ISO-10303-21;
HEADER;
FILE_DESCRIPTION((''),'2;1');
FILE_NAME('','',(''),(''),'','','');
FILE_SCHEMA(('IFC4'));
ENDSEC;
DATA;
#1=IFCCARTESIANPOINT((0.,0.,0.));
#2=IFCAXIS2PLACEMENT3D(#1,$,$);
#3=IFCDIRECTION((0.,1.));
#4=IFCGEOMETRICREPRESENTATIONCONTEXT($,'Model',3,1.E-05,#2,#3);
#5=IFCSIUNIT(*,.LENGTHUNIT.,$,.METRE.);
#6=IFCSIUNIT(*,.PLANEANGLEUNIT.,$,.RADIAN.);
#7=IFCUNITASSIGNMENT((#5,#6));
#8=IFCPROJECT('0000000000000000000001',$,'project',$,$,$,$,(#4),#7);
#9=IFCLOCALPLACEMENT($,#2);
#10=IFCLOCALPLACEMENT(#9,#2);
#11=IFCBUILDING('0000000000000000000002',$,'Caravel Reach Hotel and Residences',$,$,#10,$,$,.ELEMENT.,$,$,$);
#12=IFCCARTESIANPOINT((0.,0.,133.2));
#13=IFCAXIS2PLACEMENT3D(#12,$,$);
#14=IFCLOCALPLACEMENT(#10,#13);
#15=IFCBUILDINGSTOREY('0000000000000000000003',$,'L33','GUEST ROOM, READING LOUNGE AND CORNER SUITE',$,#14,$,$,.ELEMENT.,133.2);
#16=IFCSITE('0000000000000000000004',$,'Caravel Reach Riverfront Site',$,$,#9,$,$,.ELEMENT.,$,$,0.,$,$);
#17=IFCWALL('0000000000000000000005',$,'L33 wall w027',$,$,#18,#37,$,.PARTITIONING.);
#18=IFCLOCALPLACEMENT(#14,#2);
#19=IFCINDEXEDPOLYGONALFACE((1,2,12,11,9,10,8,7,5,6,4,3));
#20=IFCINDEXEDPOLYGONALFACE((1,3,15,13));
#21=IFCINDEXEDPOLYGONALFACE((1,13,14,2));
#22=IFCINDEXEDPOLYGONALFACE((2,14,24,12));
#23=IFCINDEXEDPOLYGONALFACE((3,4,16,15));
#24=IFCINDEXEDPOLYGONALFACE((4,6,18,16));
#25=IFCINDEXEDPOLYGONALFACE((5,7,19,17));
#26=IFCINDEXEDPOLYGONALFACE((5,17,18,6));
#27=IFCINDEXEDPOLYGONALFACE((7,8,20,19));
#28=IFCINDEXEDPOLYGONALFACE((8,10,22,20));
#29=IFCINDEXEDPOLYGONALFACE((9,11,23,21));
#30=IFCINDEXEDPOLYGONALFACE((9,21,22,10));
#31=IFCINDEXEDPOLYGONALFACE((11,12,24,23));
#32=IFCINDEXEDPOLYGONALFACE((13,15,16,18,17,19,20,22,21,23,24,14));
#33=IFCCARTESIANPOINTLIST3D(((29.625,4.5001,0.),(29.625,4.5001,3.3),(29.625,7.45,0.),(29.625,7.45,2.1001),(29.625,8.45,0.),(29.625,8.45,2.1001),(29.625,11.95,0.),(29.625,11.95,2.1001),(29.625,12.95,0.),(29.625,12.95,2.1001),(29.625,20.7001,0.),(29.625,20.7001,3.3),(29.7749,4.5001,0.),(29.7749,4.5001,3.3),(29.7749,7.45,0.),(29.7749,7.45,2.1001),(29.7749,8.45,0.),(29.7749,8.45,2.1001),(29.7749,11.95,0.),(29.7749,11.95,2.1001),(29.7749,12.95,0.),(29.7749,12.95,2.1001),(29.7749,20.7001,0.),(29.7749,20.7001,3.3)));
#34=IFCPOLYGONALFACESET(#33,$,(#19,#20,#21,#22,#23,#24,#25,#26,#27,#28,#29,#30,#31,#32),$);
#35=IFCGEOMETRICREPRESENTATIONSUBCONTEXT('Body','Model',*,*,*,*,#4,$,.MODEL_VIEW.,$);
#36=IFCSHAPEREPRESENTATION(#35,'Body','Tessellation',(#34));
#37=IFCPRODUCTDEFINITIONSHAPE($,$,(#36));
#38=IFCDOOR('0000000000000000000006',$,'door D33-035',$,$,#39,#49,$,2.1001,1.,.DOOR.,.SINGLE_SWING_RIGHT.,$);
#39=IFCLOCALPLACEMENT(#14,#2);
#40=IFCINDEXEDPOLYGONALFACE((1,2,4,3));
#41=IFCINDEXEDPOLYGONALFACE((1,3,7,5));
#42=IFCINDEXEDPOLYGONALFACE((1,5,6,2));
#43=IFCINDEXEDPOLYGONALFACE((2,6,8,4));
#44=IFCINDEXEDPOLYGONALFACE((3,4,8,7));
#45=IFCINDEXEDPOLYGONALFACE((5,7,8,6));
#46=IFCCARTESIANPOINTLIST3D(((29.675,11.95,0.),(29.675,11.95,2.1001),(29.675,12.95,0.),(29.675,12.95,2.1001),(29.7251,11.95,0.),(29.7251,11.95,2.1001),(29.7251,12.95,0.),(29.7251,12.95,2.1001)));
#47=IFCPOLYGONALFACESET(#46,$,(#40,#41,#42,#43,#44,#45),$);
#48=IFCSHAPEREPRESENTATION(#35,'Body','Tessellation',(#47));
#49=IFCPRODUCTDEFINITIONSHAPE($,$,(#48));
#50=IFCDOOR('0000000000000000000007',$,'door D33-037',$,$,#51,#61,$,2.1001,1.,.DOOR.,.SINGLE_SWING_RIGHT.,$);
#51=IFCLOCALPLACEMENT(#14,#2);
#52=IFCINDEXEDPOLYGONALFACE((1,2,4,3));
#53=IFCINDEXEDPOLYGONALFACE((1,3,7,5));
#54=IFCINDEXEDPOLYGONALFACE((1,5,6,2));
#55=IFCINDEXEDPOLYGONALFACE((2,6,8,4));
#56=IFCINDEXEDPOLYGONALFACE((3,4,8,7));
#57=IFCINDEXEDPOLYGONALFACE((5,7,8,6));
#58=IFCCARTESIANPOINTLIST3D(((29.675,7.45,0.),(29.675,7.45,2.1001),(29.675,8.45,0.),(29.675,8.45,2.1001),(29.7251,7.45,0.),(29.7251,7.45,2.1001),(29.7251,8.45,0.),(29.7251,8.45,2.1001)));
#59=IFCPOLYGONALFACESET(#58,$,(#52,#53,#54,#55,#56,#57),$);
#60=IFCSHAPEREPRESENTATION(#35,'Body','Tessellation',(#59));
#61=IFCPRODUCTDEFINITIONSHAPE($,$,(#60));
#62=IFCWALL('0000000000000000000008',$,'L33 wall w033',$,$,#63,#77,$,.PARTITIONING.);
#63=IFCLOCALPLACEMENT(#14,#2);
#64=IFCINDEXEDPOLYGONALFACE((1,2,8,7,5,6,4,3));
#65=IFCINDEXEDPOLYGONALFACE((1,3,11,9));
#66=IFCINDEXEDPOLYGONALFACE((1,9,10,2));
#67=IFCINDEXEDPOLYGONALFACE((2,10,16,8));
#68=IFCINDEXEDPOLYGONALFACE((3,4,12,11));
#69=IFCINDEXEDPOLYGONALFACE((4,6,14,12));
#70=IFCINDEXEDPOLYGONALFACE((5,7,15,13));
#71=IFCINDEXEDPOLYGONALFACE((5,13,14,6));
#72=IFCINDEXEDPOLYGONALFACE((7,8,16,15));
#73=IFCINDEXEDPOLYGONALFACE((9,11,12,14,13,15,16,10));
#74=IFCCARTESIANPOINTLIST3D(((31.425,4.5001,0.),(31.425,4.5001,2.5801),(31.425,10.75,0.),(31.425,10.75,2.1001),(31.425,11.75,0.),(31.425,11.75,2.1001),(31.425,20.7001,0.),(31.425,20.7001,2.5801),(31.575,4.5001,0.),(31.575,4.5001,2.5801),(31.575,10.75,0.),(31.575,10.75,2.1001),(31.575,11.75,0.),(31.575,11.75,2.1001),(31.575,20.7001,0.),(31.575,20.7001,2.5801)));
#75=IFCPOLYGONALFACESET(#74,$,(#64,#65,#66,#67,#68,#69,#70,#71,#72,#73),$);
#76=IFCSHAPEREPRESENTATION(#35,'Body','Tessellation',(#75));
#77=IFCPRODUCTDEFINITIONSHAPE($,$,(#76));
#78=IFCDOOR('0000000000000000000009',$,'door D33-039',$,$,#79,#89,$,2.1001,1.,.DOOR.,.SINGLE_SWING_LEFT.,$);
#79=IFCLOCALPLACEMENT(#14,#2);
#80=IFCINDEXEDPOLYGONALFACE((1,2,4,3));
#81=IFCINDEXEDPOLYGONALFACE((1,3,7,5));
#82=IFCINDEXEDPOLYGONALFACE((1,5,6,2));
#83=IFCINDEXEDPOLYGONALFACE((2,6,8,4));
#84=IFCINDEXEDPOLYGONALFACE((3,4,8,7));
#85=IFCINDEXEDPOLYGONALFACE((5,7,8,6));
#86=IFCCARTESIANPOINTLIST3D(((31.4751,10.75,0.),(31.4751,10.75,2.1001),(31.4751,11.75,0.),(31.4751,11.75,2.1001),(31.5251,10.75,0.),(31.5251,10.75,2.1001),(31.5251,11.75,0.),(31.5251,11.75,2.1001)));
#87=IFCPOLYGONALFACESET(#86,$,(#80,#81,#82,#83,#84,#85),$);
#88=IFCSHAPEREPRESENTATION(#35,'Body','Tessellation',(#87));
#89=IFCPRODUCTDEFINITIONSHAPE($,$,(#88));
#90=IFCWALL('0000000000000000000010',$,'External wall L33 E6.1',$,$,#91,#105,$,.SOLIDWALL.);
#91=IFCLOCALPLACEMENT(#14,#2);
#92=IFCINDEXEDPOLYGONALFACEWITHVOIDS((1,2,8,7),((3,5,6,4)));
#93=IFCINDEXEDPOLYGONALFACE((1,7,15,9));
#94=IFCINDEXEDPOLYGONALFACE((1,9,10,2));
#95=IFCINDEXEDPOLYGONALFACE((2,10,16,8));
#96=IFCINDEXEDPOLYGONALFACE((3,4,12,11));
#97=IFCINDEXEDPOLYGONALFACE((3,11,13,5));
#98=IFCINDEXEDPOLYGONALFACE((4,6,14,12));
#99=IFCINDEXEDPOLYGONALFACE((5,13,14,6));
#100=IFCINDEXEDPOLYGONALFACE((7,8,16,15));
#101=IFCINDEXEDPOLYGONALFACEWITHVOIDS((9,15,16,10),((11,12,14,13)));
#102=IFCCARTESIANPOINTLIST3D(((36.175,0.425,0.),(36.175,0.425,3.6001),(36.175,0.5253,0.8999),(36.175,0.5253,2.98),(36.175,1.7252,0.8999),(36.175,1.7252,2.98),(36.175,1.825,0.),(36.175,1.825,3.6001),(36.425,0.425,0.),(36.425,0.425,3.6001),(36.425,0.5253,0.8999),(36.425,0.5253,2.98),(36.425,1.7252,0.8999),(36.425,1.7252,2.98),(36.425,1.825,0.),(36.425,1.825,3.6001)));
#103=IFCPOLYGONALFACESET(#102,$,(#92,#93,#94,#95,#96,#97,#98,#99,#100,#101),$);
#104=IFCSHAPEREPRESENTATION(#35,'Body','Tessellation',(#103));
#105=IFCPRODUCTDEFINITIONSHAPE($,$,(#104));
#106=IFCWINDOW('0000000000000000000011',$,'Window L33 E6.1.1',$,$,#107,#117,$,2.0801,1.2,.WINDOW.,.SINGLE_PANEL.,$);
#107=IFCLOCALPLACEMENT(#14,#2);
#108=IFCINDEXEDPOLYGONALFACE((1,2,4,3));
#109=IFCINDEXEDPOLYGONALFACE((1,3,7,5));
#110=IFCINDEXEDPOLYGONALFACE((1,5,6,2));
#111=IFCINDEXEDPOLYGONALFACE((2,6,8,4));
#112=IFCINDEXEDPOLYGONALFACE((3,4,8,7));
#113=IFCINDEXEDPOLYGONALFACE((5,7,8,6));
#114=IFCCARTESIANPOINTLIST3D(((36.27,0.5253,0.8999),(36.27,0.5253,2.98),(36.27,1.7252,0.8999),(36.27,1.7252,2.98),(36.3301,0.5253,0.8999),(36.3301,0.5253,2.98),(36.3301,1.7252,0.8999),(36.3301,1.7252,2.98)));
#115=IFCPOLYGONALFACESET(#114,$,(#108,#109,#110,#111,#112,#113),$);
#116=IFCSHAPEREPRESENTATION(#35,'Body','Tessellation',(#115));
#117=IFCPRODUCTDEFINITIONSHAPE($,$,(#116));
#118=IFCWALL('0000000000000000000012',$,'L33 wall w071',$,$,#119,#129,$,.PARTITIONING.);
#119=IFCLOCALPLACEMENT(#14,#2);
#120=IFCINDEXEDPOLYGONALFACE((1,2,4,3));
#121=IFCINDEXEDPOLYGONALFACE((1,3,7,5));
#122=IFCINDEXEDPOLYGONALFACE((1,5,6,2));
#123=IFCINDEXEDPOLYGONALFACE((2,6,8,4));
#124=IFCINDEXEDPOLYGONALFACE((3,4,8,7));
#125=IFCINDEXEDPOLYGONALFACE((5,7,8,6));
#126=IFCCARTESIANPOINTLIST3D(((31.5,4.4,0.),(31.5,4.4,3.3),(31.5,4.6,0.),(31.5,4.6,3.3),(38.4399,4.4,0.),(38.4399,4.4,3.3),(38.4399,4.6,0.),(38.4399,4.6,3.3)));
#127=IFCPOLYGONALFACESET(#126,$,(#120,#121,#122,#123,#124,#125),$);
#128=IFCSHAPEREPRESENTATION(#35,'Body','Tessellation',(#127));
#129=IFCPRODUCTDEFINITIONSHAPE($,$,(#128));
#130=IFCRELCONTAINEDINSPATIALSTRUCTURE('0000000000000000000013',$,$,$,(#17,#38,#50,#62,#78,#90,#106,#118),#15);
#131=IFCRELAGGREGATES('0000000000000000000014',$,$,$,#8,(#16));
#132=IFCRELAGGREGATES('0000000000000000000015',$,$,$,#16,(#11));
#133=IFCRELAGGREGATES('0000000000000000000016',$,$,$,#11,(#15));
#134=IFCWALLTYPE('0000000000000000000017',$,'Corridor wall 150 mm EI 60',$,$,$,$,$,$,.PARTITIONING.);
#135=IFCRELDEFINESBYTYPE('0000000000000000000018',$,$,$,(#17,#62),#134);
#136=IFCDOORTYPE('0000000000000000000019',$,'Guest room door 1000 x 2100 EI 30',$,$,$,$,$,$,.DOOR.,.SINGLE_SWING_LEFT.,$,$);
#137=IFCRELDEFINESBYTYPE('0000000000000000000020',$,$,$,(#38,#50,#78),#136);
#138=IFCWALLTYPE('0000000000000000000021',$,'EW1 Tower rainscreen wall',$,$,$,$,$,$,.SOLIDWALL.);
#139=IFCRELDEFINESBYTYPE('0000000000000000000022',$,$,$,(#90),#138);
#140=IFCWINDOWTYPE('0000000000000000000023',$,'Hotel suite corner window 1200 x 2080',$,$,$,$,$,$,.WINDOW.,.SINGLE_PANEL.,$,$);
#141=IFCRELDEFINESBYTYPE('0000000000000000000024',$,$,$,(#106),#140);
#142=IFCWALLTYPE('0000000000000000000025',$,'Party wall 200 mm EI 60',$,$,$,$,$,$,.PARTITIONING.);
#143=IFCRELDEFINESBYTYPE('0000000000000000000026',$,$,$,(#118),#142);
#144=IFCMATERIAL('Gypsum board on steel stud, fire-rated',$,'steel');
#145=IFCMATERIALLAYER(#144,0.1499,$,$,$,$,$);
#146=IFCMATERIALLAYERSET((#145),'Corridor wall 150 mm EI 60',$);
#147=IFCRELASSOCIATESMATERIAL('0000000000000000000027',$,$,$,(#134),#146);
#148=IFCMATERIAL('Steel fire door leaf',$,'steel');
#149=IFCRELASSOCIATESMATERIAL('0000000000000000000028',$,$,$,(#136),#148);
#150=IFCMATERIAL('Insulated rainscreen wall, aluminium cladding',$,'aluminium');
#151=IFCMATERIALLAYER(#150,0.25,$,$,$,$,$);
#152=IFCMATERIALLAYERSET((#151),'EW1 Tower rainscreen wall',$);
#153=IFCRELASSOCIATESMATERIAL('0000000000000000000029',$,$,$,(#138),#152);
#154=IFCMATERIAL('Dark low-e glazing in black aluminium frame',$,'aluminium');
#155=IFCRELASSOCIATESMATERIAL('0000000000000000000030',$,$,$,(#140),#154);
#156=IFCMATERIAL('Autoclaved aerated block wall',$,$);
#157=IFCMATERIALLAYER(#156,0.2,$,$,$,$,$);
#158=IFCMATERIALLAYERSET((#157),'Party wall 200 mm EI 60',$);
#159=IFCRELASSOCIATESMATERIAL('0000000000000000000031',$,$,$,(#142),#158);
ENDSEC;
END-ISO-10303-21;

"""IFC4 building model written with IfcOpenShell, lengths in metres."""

from ifc_helpers import new_model, si_unit, direction, frame, frame_2d, origin, place, context, subcontext, project, spatial, rectangle, extrude, material, layer, layer_set, type_object, element, fill, save


model = new_model("IFC4")

# Units and contexts
model_context = context("Model", 3, precision=1e-05, world=origin(), true_north=direction((0.0, 1.0)))
body_context = subcontext(model_context, "Body", "Model", "MODEL_VIEW")
ifc_project = project(units=[si_unit("LENGTHUNIT", "METRE"), si_unit("PLANEANGLEUNIT", "RADIAN")], contexts=[model_context])

# Site, building, storey
site_placement = place(None, origin())
site = spatial("IfcSite", under=ifc_project, at=site_placement, Name="Caravel Reach Riverfront Site", CompositionType="ELEMENT", RefElevation=0.0)
building_placement = place(site_placement, origin())
building = spatial("IfcBuilding", under=site, at=building_placement, Name="Caravel Reach Hotel and Residences", CompositionType="ELEMENT")
storey_placement = place(building_placement, frame((0.0, 0.0, 133.2)))
storey = spatial("IfcBuildingStorey", under=building, at=storey_placement, Name="L33", Description="GUEST ROOM, READING LOUNGE AND CORNER SUITE", CompositionType="ELEMENT", Elevation=133.2)

# Shared definitions
ifc_material_1 = material(Name="Gypsum board on steel stud, fire-rated", Category="steel")
ifc_layer_1 = layer(ifc_material_1, 0.1499)
ifc_layer_set_1 = layer_set([ifc_layer_1], Name="Corridor wall 150 mm EI 60")
wall_type_1 = type_object("IfcWallType", Name="Corridor wall 150 mm EI 60", PredefinedType="PARTITIONING", material=ifc_layer_set_1)
ifc_material_2 = material(Name="Steel fire door leaf", Category="steel")
door_type_1 = type_object("IfcDoorType", Name="Guest room door 1000 x 2100 EI 30", OperationType="SINGLE_SWING_LEFT", PredefinedType="DOOR", material=ifc_material_2)

# Wall, openings, doors
wall_1_placement = place(storey_placement, frame((29.7, 4.5, 0.0), z_axis=(0.0, 0.0, 1.0), x_axis=(0.0, 1.0, 0.0)))
wall_1 = element("IfcWall", 1, at=wall_1_placement, inside=storey, type_object=wall_type_1, Name="L33 wall w027", PredefinedType="PARTITIONING", context=body_context, shape_type="SweptSolid", body=[
    extrude(rectangle(XDim=16.2, YDim=0.1499, at=frame_2d((8.1001, 0.0))), origin(), (0.0, 0.0, 1.0), 3.3),
])
opening_1_placement = place(wall_1_placement, frame((7.45, 0.0, 0.0)))
opening_1 = element("IfcOpeningElement", 2, at=opening_1_placement, cuts=wall_1, PredefinedType="OPENING", context=body_context, shape_type="SweptSolid", body=[
    extrude(rectangle(XDim=1.0, YDim=2.1001, at=frame_2d((0.5, 1.05))), frame((0.0, 0.085, 0.0), z_axis=(0.0, -1.0, 0.0), x_axis=(1.0, 0.0, 0.0)), (0.0, 0.0, 1.0), 0.1699),
])
opening_2_placement = place(wall_1_placement, frame((2.95, 0.0, 0.0)))
opening_2 = element("IfcOpeningElement", 3, at=opening_2_placement, cuts=wall_1, PredefinedType="OPENING", context=body_context, shape_type="SweptSolid", body=[
    extrude(rectangle(XDim=1.0, YDim=2.1001, at=frame_2d((0.5, 1.05))), frame((0.0, 0.085, 0.0), z_axis=(0.0, -1.0, 0.0), x_axis=(1.0, 0.0, 0.0)), (0.0, 0.0, 1.0), 0.1699),
])
door_1_placement = place(opening_1_placement, origin())
door_1 = element("IfcDoor", 4, at=door_1_placement, inside=storey, type_object=door_type_1, Name="door D33-035", OperationType="SINGLE_SWING_RIGHT", OverallHeight=2.1001, OverallWidth=1.0, PredefinedType="DOOR", context=body_context, shape_type="SweptSolid", body=[
    extrude(rectangle(XDim=1.0, YDim=2.1001, at=frame_2d((0.5, 1.05))), frame((0.0, 0.0249, 0.0), z_axis=(0.0, -1.0, 0.0), x_axis=(1.0, 0.0, 0.0)), (0.0, 0.0, 1.0), 0.05),
])
fill(opening_1, door_1)
door_2_placement = place(opening_2_placement, origin())
door_2 = element("IfcDoor", 5, at=door_2_placement, inside=storey, type_object=door_type_1, Name="door D33-037", OperationType="SINGLE_SWING_RIGHT", OverallHeight=2.1001, OverallWidth=1.0, PredefinedType="DOOR", context=body_context, shape_type="SweptSolid", body=[
    extrude(rectangle(XDim=1.0, YDim=2.1001, at=frame_2d((0.5, 1.05))), frame((0.0, 0.0249, 0.0), z_axis=(0.0, -1.0, 0.0), x_axis=(1.0, 0.0, 0.0)), (0.0, 0.0, 1.0), 0.05),
])
fill(opening_2, door_2)

# Wall, opening, door
wall_2_placement = place(storey_placement, frame((31.5, 4.5, 0.0), z_axis=(0.0, 0.0, 1.0), x_axis=(0.0, 1.0, 0.0)))
wall_2 = element("IfcWall", 6, at=wall_2_placement, inside=storey, type_object=wall_type_1, Name="L33 wall w033", PredefinedType="PARTITIONING", context=body_context, shape_type="SweptSolid", body=[
    extrude(rectangle(XDim=16.2, YDim=0.1499, at=frame_2d((8.1001, 0.0))), origin(), (0.0, 0.0, 1.0), 2.5801),
])
opening_3_placement = place(wall_2_placement, frame((6.25, 0.0, 0.0)))
opening_3 = element("IfcOpeningElement", 7, at=opening_3_placement, cuts=wall_2, PredefinedType="OPENING", context=body_context, shape_type="SweptSolid", body=[
    extrude(rectangle(XDim=1.0, YDim=2.1001, at=frame_2d((0.5, 1.05))), frame((0.0, 0.085, 0.0), z_axis=(0.0, -1.0, 0.0), x_axis=(1.0, 0.0, 0.0)), (0.0, 0.0, 1.0), 0.1699),
])
door_3_placement = place(opening_3_placement, origin())
door_3 = element("IfcDoor", 8, at=door_3_placement, inside=storey, type_object=door_type_1, Name="door D33-039", OperationType="SINGLE_SWING_LEFT", OverallHeight=2.1001, OverallWidth=1.0, PredefinedType="DOOR", context=body_context, shape_type="SweptSolid", body=[
    extrude(rectangle(XDim=1.0, YDim=2.1001, at=frame_2d((0.5, 1.05))), frame((0.0, 0.0249, 0.0), z_axis=(0.0, -1.0, 0.0), x_axis=(1.0, 0.0, 0.0)), (0.0, 0.0, 1.0), 0.05),
])
fill(opening_3, door_3)

# Wall, opening, window
ifc_material_3 = material(Name="Insulated rainscreen wall, aluminium cladding", Category="aluminium")
ifc_layer_2 = layer(ifc_material_3, 0.25)
ifc_layer_set_2 = layer_set([ifc_layer_2], Name="EW1 Tower rainscreen wall")
wall_type_2 = type_object("IfcWallType", Name="EW1 Tower rainscreen wall", PredefinedType="SOLIDWALL", material=ifc_layer_set_2)
wall_3_placement = place(storey_placement, frame((36.3, 0.425, 0.0), z_axis=(0.0, 0.0, 1.0), x_axis=(0.0, 1.0, 0.0)))
wall_3 = element("IfcWall", 9, at=wall_3_placement, inside=storey, type_object=wall_type_2, Name="External wall L33 E6.1", PredefinedType="SOLIDWALL", context=body_context, shape_type="SweptSolid", body=[
    extrude(rectangle(XDim=1.3999, YDim=0.25, at=frame_2d((0.7, 0.0))), origin(), (0.0, 0.0, 1.0), 3.6001),
])
opening_4_placement = place(wall_3_placement, frame((0.1001, 0.0, 0.8999)))
opening_4 = element("IfcOpeningElement", 10, at=opening_4_placement, cuts=wall_3, PredefinedType="OPENING", context=body_context, shape_type="SweptSolid", body=[
    extrude(rectangle(XDim=1.2, YDim=2.0801, at=frame_2d((0.6001, 1.04))), frame((0.0, 0.135, 0.0), z_axis=(0.0, -1.0, 0.0), x_axis=(1.0, 0.0, 0.0)), (0.0, 0.0, 1.0), 0.27),
])
ifc_material_4 = material(Name="Dark low-e glazing in black aluminium frame", Category="aluminium")
window_type = type_object("IfcWindowType", Name="Hotel suite corner window 1200 x 2080", PartitioningType="SINGLE_PANEL", PredefinedType="WINDOW", material=ifc_material_4)
window_placement = place(opening_4_placement, origin())
window = element("IfcWindow", 11, at=window_placement, inside=storey, type_object=window_type, Name="Window L33 E6.1.1", OverallHeight=2.0801, OverallWidth=1.2, PartitioningType="SINGLE_PANEL", PredefinedType="WINDOW", context=body_context, shape_type="SweptSolid", body=[
    extrude(rectangle(XDim=1.2, YDim=2.0801, at=frame_2d((0.6001, 1.04))), frame((0.0, 0.03, 0.0), z_axis=(0.0, -1.0, 0.0), x_axis=(1.0, 0.0, 0.0)), (0.0, 0.0, 1.0), 0.0601),
])
fill(opening_4, window)

# Wall
ifc_material_5 = material(Name="Autoclaved aerated block wall")
ifc_layer_3 = layer(ifc_material_5, 0.2)
ifc_layer_set_3 = layer_set([ifc_layer_3], Name="Party wall 200 mm EI 60")
wall_type_3 = type_object("IfcWallType", Name="Party wall 200 mm EI 60", PredefinedType="PARTITIONING", material=ifc_layer_set_3)
wall_4_placement = place(storey_placement, frame((31.5, 4.5, 0.0), z_axis=(0.0, 0.0, 1.0), x_axis=(1.0, 0.0, 0.0)))
element("IfcWall", 12, at=wall_4_placement, inside=storey, type_object=wall_type_3, Name="L33 wall w071", PredefinedType="PARTITIONING", context=body_context, shape_type="SweptSolid", body=[
    extrude(rectangle(XDim=6.9399, YDim=0.2, at=frame_2d((3.47, 0.0))), origin(), (0.0, 0.0, 1.0), 3.3),
])

save(model, "model.ifc")
